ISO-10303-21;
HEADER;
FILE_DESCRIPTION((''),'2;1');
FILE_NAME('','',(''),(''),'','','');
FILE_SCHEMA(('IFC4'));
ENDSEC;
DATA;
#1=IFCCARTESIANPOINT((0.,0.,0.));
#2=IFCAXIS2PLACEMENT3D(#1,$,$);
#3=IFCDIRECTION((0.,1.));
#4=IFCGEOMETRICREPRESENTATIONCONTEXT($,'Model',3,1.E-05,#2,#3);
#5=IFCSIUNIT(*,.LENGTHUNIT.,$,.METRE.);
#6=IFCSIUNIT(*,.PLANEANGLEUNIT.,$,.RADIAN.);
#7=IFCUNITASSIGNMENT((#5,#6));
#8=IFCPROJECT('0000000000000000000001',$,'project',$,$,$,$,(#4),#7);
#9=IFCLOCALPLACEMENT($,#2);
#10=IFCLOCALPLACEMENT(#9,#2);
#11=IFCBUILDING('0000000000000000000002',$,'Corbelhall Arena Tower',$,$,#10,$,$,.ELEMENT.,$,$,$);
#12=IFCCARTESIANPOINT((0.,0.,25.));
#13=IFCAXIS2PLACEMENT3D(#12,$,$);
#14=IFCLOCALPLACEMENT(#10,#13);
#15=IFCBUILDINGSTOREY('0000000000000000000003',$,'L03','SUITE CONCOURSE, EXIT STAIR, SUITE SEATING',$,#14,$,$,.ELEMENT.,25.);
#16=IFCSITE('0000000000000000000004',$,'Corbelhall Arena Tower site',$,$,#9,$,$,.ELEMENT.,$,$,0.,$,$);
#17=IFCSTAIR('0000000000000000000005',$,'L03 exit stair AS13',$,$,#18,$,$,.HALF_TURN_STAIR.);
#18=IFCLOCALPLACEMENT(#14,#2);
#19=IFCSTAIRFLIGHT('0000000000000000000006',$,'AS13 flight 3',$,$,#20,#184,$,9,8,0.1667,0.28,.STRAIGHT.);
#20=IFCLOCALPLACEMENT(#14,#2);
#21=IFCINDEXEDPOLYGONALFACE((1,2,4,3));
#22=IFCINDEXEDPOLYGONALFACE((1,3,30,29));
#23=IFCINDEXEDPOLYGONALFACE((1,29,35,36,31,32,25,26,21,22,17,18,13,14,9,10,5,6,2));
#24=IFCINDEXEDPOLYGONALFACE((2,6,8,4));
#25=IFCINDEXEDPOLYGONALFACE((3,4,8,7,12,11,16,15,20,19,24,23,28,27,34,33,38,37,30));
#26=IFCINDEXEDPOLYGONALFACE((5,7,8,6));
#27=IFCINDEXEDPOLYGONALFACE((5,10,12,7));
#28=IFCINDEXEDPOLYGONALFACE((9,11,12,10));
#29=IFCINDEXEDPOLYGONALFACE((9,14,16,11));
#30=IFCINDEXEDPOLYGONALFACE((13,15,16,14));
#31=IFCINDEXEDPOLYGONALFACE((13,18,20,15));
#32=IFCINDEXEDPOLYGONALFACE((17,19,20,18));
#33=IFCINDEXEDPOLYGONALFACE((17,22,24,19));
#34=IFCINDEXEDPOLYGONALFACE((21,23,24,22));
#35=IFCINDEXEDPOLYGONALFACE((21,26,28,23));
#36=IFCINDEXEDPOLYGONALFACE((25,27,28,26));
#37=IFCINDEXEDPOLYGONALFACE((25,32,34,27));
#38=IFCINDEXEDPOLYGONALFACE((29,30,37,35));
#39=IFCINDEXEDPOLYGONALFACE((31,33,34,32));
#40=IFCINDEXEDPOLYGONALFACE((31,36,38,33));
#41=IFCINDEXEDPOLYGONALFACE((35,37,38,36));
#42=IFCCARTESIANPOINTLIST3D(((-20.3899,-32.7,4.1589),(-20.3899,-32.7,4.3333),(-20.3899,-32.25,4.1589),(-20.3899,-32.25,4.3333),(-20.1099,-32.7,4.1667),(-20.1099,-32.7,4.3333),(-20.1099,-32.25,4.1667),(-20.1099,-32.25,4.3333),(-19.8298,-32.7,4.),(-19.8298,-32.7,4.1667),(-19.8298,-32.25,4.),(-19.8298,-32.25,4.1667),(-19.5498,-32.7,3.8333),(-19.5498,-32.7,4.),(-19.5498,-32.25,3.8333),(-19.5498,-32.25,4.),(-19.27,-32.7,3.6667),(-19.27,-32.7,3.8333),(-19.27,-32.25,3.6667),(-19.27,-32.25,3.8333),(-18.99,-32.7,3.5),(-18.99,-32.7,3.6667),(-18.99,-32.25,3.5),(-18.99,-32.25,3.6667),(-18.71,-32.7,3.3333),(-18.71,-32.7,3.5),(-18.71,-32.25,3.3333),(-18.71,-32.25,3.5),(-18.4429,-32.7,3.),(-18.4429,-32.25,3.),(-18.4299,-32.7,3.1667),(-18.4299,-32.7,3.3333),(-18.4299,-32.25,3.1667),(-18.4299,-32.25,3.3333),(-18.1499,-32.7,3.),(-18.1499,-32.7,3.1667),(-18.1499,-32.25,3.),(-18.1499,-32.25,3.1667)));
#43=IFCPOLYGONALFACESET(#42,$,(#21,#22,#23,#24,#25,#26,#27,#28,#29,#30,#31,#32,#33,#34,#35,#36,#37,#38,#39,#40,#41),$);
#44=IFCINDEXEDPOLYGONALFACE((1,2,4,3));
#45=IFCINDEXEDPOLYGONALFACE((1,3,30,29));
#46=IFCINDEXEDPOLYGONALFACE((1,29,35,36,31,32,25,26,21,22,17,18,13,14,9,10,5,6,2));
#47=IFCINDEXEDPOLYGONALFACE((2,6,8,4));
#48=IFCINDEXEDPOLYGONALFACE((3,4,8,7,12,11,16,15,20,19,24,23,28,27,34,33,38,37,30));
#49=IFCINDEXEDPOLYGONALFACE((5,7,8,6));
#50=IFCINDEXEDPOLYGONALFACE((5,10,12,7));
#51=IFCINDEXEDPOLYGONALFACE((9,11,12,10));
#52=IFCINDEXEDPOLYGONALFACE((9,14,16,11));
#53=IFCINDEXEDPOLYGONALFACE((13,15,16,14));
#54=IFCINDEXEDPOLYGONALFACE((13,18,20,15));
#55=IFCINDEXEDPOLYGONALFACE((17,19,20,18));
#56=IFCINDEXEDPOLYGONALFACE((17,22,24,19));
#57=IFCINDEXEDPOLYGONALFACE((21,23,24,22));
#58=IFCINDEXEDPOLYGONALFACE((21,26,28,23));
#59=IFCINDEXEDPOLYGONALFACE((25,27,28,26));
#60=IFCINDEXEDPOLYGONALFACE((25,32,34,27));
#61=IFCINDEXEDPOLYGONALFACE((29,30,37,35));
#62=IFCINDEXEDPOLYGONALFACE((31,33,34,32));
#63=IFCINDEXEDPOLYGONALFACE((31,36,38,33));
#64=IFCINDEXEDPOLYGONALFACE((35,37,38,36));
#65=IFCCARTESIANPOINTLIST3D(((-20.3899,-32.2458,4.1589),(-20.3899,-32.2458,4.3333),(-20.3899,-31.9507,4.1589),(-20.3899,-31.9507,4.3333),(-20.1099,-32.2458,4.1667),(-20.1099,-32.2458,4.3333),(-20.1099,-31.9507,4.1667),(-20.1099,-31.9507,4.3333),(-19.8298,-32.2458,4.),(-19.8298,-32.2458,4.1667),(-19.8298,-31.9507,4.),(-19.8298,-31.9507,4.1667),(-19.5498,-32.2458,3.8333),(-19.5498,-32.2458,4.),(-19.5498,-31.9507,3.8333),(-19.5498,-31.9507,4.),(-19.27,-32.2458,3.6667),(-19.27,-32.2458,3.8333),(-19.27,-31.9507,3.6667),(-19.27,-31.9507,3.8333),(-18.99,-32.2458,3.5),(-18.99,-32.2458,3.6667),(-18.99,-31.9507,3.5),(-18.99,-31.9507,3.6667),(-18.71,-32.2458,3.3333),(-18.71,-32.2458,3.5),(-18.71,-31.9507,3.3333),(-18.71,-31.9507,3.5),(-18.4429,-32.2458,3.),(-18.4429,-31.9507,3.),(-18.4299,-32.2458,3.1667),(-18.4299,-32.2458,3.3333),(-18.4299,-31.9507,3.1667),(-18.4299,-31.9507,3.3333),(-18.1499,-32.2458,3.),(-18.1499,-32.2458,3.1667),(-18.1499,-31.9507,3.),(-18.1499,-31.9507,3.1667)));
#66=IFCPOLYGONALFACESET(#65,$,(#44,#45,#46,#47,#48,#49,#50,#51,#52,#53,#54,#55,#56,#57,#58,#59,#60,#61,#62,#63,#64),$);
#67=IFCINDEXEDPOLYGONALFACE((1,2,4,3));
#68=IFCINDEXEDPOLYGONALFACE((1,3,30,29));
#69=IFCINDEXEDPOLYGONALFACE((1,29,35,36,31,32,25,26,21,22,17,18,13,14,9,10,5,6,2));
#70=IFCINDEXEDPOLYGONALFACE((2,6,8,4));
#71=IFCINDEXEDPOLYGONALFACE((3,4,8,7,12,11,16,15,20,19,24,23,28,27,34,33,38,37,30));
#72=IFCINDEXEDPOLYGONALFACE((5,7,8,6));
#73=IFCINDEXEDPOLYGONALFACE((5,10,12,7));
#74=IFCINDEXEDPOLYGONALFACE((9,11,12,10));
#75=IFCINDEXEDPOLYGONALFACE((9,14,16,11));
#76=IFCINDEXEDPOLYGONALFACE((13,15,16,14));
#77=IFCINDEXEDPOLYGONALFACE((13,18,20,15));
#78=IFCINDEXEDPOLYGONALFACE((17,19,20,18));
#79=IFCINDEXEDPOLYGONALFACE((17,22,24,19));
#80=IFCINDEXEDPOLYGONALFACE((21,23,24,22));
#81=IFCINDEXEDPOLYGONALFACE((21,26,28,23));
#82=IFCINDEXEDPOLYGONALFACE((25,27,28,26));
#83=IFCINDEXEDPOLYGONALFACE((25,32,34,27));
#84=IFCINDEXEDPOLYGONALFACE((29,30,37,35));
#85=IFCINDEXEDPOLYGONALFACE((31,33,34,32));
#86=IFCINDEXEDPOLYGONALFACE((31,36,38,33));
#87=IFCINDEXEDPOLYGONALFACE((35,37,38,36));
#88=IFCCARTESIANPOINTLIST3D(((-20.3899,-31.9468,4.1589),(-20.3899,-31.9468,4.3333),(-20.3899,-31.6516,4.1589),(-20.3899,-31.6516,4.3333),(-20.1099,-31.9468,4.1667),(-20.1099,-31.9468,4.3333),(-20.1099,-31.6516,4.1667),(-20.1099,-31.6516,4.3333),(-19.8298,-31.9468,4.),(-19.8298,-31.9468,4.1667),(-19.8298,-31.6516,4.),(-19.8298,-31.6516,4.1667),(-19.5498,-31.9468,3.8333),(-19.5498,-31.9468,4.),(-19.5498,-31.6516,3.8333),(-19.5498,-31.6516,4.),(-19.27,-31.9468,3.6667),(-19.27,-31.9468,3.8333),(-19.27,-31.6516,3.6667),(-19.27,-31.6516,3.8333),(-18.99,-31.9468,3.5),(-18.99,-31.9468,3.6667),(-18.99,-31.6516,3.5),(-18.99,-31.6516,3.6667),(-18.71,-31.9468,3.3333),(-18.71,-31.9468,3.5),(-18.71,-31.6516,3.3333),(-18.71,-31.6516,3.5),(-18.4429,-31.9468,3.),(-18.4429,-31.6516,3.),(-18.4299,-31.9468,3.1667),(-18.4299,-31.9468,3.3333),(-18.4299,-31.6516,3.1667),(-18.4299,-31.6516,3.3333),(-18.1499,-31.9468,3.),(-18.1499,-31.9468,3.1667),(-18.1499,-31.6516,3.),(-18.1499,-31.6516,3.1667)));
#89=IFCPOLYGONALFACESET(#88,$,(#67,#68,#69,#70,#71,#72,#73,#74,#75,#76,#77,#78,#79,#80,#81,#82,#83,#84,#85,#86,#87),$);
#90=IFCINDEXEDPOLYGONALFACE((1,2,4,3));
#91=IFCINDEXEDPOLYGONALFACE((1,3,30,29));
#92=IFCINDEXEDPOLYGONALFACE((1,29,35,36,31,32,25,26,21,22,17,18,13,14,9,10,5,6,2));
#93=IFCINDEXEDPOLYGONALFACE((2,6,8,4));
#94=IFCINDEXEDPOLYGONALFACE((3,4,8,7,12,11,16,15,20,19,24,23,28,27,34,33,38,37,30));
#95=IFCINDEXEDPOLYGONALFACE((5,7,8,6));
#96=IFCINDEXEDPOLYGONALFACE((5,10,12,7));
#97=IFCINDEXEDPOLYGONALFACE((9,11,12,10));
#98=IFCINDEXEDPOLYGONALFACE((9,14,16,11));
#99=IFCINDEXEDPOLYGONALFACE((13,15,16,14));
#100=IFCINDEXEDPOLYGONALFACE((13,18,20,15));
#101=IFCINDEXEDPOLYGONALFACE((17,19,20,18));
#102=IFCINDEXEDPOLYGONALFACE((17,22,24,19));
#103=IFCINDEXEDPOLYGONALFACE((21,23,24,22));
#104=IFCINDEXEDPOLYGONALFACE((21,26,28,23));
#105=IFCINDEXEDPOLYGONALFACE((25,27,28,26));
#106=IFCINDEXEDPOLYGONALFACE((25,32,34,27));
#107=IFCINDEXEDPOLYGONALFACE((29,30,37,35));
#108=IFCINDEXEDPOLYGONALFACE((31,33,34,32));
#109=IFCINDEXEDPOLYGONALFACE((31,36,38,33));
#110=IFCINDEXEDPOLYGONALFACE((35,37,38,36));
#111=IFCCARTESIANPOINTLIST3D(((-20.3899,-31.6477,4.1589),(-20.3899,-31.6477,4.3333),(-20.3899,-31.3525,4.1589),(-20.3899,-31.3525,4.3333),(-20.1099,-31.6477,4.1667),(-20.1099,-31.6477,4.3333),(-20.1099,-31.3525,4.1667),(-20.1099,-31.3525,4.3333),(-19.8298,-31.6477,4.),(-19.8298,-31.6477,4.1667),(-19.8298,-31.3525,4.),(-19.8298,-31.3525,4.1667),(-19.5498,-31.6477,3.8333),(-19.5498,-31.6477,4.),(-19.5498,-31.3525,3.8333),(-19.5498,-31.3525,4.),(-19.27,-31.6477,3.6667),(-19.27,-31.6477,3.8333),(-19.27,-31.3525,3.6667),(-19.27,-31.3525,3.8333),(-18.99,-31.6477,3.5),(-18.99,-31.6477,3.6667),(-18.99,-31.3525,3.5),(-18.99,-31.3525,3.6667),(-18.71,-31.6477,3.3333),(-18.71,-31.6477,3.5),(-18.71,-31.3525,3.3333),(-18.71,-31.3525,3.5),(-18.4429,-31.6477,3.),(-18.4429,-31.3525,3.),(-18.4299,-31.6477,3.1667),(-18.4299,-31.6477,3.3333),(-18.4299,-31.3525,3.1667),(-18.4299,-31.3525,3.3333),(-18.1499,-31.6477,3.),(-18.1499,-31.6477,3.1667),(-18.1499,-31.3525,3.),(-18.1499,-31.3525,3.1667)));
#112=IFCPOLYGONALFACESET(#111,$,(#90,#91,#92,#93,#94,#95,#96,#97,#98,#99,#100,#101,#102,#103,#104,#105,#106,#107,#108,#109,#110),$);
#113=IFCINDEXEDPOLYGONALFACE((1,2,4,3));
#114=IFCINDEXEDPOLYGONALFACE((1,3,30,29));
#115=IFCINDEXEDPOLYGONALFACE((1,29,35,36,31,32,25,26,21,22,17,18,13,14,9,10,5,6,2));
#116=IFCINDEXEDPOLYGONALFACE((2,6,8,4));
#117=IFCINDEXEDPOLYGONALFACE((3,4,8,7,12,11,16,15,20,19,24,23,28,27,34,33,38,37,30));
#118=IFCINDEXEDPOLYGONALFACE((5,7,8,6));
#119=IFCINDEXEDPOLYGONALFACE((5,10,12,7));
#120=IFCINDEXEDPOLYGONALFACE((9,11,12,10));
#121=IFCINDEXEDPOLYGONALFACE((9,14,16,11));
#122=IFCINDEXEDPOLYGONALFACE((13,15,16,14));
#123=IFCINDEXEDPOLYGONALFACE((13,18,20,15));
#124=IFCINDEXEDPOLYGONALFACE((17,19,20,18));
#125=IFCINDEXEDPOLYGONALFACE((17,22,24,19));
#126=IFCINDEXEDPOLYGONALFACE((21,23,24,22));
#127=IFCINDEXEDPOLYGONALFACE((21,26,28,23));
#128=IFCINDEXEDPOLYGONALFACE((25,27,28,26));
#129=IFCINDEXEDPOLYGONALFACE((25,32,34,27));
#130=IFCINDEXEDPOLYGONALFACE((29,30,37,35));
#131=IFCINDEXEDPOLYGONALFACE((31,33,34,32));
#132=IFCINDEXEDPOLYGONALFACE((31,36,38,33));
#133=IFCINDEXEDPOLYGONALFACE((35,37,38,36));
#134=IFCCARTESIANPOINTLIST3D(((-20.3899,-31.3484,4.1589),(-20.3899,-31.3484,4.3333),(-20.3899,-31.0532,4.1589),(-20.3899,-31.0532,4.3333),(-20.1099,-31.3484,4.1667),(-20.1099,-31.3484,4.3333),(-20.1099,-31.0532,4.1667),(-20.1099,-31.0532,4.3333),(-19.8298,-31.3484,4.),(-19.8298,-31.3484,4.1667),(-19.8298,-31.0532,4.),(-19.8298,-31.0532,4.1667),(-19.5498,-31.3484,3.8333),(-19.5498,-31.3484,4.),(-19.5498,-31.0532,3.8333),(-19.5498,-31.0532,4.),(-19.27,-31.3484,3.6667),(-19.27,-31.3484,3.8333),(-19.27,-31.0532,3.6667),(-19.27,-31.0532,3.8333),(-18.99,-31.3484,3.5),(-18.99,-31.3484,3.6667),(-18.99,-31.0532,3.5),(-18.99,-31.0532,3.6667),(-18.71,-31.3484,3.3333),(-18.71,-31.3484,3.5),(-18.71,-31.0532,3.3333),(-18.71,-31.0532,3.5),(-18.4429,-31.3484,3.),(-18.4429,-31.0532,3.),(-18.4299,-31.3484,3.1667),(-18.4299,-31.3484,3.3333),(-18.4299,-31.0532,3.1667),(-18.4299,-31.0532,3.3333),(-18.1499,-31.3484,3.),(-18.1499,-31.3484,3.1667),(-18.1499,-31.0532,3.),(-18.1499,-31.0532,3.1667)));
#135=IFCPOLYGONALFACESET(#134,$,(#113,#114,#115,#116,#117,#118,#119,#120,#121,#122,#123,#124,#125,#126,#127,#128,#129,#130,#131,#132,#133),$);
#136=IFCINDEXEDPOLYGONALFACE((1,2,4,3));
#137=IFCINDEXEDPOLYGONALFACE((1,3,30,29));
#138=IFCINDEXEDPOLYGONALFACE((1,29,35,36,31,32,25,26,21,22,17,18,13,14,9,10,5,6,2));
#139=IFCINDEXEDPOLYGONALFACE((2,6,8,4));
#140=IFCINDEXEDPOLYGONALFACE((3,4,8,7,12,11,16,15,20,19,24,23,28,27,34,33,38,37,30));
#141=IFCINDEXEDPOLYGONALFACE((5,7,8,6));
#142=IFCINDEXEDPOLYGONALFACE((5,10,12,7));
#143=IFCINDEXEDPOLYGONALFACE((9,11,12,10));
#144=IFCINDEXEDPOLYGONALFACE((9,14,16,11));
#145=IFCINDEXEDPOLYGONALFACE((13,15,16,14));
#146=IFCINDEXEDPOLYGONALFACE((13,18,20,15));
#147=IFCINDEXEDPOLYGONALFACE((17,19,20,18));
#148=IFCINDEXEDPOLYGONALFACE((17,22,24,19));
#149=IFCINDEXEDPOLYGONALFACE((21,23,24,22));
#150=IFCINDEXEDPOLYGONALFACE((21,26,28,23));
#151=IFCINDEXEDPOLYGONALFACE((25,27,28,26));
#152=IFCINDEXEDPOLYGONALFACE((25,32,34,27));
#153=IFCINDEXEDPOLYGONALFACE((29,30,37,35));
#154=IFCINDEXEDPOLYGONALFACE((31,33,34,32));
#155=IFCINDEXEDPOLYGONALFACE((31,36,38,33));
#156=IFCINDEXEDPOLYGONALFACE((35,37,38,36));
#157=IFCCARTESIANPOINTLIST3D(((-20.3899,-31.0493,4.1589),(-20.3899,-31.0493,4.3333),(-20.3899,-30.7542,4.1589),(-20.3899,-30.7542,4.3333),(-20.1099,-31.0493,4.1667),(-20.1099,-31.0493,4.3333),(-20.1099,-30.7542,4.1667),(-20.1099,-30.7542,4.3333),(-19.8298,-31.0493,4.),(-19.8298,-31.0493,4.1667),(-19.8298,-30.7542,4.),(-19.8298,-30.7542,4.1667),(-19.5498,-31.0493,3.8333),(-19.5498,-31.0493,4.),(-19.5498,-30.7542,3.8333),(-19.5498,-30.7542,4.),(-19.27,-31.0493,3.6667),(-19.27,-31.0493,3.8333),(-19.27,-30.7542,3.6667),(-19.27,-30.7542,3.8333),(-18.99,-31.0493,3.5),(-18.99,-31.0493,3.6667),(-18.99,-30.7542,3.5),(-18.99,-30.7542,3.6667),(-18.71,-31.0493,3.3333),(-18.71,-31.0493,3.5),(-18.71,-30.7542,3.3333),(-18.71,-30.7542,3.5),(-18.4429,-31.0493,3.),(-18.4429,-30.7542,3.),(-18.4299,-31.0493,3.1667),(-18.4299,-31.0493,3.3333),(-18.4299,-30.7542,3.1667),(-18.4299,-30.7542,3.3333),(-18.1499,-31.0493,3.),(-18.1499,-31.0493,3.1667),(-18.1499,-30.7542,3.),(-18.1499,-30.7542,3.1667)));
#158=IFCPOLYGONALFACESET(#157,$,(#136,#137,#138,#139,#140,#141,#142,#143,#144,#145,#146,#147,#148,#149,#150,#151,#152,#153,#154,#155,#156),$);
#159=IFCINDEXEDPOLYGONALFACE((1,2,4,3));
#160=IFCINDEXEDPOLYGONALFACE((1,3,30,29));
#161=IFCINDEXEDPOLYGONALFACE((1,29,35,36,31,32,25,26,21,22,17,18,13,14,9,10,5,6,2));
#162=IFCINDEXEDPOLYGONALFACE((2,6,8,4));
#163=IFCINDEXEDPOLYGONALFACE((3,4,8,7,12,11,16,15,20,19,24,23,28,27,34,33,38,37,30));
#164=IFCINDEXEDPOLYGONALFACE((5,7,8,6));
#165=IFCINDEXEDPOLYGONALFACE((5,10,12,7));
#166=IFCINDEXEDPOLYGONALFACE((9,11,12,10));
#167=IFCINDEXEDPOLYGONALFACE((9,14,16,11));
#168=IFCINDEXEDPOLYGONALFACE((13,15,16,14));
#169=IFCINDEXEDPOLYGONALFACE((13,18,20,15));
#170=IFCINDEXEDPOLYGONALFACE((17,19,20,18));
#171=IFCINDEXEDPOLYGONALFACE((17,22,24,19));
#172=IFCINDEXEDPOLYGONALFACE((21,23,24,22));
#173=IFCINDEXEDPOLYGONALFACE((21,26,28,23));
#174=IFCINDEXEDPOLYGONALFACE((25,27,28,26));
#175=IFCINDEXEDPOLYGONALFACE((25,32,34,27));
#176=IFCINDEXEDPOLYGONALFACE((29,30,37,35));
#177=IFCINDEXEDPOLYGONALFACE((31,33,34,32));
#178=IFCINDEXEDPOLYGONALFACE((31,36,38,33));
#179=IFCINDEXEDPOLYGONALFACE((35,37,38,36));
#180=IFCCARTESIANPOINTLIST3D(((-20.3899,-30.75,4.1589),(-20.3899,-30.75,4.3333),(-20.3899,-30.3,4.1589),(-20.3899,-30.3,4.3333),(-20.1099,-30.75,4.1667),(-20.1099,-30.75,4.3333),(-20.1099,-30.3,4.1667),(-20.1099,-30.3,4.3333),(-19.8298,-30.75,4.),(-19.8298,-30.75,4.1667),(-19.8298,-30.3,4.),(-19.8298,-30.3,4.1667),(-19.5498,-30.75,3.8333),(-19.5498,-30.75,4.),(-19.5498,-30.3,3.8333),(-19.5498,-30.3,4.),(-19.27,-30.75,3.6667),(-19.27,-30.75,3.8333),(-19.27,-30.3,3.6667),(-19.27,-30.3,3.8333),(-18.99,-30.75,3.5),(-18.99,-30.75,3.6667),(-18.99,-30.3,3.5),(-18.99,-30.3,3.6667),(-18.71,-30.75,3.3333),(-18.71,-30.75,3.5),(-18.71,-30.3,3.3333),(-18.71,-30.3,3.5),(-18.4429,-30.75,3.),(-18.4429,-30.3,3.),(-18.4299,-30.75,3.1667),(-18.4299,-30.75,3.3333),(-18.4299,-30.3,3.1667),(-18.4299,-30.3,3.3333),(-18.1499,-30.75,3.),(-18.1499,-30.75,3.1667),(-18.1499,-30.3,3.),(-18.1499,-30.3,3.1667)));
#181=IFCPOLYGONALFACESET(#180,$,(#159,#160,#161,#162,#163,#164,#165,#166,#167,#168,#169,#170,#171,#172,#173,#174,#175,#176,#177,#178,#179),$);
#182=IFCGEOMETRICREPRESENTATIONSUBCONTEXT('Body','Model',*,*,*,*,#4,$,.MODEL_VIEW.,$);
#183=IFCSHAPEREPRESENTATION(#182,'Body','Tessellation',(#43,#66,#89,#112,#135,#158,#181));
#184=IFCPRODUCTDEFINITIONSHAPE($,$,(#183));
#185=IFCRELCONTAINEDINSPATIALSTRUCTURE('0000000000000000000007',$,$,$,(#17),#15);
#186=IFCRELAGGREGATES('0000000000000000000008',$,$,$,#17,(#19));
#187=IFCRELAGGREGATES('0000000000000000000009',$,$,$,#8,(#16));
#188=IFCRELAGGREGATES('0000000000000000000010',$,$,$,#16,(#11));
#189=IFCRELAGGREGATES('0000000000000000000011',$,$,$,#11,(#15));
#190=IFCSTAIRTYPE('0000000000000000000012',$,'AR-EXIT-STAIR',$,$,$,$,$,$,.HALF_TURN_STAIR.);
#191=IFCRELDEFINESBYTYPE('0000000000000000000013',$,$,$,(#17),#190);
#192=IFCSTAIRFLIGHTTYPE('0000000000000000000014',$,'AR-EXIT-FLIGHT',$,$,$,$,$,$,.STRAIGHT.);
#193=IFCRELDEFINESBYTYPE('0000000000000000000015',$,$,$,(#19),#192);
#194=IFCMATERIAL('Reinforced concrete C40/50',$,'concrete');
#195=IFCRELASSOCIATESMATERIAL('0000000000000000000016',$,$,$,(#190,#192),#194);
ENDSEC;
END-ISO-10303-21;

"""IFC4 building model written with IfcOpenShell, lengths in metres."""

from ifc_helpers import new_model, si_unit, direction, frame, origin, place, context, subcontext, project, spatial, polyline, outline, extrude, material, type_object, element, aggregate, save


model = new_model("IFC4")

# Units and contexts
model_context = context("Model", 3, precision=1e-05, world=origin(), true_north=direction((0.0, 1.0)))
body_context = subcontext(model_context, "Body", "Model", "MODEL_VIEW")
ifc_project = project(units=[si_unit("LENGTHUNIT", "METRE"), si_unit("PLANEANGLEUNIT", "RADIAN")], contexts=[model_context])

# Site, building, storey
site_placement = place(None, origin())
site = spatial("IfcSite", under=ifc_project, at=site_placement, Name="Corbelhall Arena Tower site", CompositionType="ELEMENT", RefElevation=0.0)
building_placement = place(site_placement, origin())
building = spatial("IfcBuilding", under=site, at=building_placement, Name="Corbelhall Arena Tower", CompositionType="ELEMENT")
storey_placement = place(building_placement, frame((0.0, 0.0, 25.0)))
storey = spatial("IfcBuildingStorey", under=building, at=storey_placement, Name="L03", Description="SUITE CONCOURSE, EXIT STAIR, SUITE SEATING", CompositionType="ELEMENT", Elevation=25.0)

# Shared definitions
ifc_material_1 = material(Name="Reinforced concrete C40/50", Category="concrete")

# Stair, stair flight
stair_type = type_object("IfcStairType", Name="AR-EXIT-STAIR", PredefinedType="HALF_TURN_STAIR", material=ifc_material_1)
stair_1_placement = place(storey_placement, origin())
stair_1 = element("IfcStair", 1, at=stair_1_placement, inside=storey, type_object=stair_type, Name="L03 exit stair AS13", PredefinedType="HALF_TURN_STAIR")
stair_flight_type = type_object("IfcStairFlightType", Name="AR-EXIT-FLIGHT", PredefinedType="STRAIGHT", material=ifc_material_1)
stair_flight_1_placement = place(storey_placement, frame((-18.1499, -31.5, 3.0), z_axis=(0.0, 0.0, 1.0), x_axis=(-1.0, 0.0, 0.0)))
stair_flight_1 = element("IfcStairFlight", 2, at=stair_flight_1_placement, type_object=stair_flight_type, Name="AS13 flight 3", NumberOfRisers=9, NumberOfTreads=8, PredefinedType="STRAIGHT", RiserHeight=0.1667, TreadLength=0.28, context=body_context, shape_type="SweptSolid", body=[
    extrude(outline(polyline([(0.0, 0.0), (0.0, 0.1667), (0.28, 0.1667), (0.28, 0.3333), (0.5601, 0.3333), (0.5601, 0.5), (0.8401, 0.5), (0.8401, 0.6667), (1.1201, 0.6667), (1.1201, 0.8333), (1.3999, 0.8333), (1.3999, 1.0), (1.6799, 1.0), (1.6799, 1.1667), (1.96, 1.1667), (1.96, 1.3333), (2.24, 1.3333), (2.24, 1.5), (2.24, 1.1589), (0.293, 0.0), (0.0, 0.0)])), frame((0.0, 1.2, 0.0), z_axis=(0.0, -1.0, 0.0), x_axis=(1.0, 0.0, 0.0)), (0.0, 0.0, 1.0), 0.45),
    extrude(outline(polyline([(0.0, 0.0), (0.0, 0.1667), (0.28, 0.1667), (0.28, 0.3333), (0.5601, 0.3333), (0.5601, 0.5), (0.8401, 0.5), (0.8401, 0.6667), (1.1201, 0.6667), (1.1201, 0.8333), (1.3999, 0.8333), (1.3999, 1.0), (1.6799, 1.0), (1.6799, 1.1667), (1.96, 1.1667), (1.96, 1.3333), (2.24, 1.3333), (2.24, 1.5), (2.24, 1.1589), (0.293, 0.0), (0.0, 0.0)])), frame((0.0, 0.7458, 0.0), z_axis=(0.0, -1.0, 0.0), x_axis=(1.0, 0.0, 0.0)), (0.0, 0.0, 1.0), 0.2952),
    extrude(outline(polyline([(0.0, 0.0), (0.0, 0.1667), (0.28, 0.1667), (0.28, 0.3333), (0.5601, 0.3333), (0.5601, 0.5), (0.8401, 0.5), (0.8401, 0.6667), (1.1201, 0.6667), (1.1201, 0.8333), (1.3999, 0.8333), (1.3999, 1.0), (1.6799, 1.0), (1.6799, 1.1667), (1.96, 1.1667), (1.96, 1.3333), (2.24, 1.3333), (2.24, 1.5), (2.24, 1.1589), (0.293, 0.0), (0.0, 0.0)])), frame((0.0, 0.4468, 0.0), z_axis=(0.0, -1.0, 0.0), x_axis=(1.0, 0.0, 0.0)), (0.0, 0.0, 1.0), 0.2952),
    extrude(outline(polyline([(0.0, 0.0), (0.0, 0.1667), (0.28, 0.1667), (0.28, 0.3333), (0.5601, 0.3333), (0.5601, 0.5), (0.8401, 0.5), (0.8401, 0.6667), (1.1201, 0.6667), (1.1201, 0.8333), (1.3999, 0.8333), (1.3999, 1.0), (1.6799, 1.0), (1.6799, 1.1667), (1.96, 1.1667), (1.96, 1.3333), (2.24, 1.3333), (2.24, 1.5), (2.24, 1.1589), (0.293, 0.0), (0.0, 0.0)])), frame((0.0, 0.1477, 0.0), z_axis=(0.0, -1.0, 0.0), x_axis=(1.0, 0.0, 0.0)), (0.0, 0.0, 1.0), 0.2952),
    extrude(outline(polyline([(0.0, 0.0), (0.0, 0.1667), (0.28, 0.1667), (0.28, 0.3333), (0.5601, 0.3333), (0.5601, 0.5), (0.8401, 0.5), (0.8401, 0.6667), (1.1201, 0.6667), (1.1201, 0.8333), (1.3999, 0.8333), (1.3999, 1.0), (1.6799, 1.0), (1.6799, 1.1667), (1.96, 1.1667), (1.96, 1.3333), (2.24, 1.3333), (2.24, 1.5), (2.24, 1.1589), (0.293, 0.0), (0.0, 0.0)])), frame((0.0, -0.1516, 0.0), z_axis=(0.0, -1.0, 0.0), x_axis=(1.0, 0.0, 0.0)), (0.0, 0.0, 1.0), 0.2952),
    extrude(outline(polyline([(0.0, 0.0), (0.0, 0.1667), (0.28, 0.1667), (0.28, 0.3333), (0.5601, 0.3333), (0.5601, 0.5), (0.8401, 0.5), (0.8401, 0.6667), (1.1201, 0.6667), (1.1201, 0.8333), (1.3999, 0.8333), (1.3999, 1.0), (1.6799, 1.0), (1.6799, 1.1667), (1.96, 1.1667), (1.96, 1.3333), (2.24, 1.3333), (2.24, 1.5), (2.24, 1.1589), (0.293, 0.0), (0.0, 0.0)])), frame((0.0, -0.4507, 0.0), z_axis=(0.0, -1.0, 0.0), x_axis=(1.0, 0.0, 0.0)), (0.0, 0.0, 1.0), 0.2952),
    extrude(outline(polyline([(0.0, 0.0), (0.0, 0.1667), (0.28, 0.1667), (0.28, 0.3333), (0.5601, 0.3333), (0.5601, 0.5), (0.8401, 0.5), (0.8401, 0.6667), (1.1201, 0.6667), (1.1201, 0.8333), (1.3999, 0.8333), (1.3999, 1.0), (1.6799, 1.0), (1.6799, 1.1667), (1.96, 1.1667), (1.96, 1.3333), (2.24, 1.3333), (2.24, 1.5), (2.24, 1.1589), (0.293, 0.0), (0.0, 0.0)])), frame((0.0, -0.75, 0.0), z_axis=(0.0, -1.0, 0.0), x_axis=(1.0, 0.0, 0.0)), (0.0, 0.0, 1.0), 0.45),
])
aggregate(stair_1, [stair_flight_1])

save(model, "model.ifc")
